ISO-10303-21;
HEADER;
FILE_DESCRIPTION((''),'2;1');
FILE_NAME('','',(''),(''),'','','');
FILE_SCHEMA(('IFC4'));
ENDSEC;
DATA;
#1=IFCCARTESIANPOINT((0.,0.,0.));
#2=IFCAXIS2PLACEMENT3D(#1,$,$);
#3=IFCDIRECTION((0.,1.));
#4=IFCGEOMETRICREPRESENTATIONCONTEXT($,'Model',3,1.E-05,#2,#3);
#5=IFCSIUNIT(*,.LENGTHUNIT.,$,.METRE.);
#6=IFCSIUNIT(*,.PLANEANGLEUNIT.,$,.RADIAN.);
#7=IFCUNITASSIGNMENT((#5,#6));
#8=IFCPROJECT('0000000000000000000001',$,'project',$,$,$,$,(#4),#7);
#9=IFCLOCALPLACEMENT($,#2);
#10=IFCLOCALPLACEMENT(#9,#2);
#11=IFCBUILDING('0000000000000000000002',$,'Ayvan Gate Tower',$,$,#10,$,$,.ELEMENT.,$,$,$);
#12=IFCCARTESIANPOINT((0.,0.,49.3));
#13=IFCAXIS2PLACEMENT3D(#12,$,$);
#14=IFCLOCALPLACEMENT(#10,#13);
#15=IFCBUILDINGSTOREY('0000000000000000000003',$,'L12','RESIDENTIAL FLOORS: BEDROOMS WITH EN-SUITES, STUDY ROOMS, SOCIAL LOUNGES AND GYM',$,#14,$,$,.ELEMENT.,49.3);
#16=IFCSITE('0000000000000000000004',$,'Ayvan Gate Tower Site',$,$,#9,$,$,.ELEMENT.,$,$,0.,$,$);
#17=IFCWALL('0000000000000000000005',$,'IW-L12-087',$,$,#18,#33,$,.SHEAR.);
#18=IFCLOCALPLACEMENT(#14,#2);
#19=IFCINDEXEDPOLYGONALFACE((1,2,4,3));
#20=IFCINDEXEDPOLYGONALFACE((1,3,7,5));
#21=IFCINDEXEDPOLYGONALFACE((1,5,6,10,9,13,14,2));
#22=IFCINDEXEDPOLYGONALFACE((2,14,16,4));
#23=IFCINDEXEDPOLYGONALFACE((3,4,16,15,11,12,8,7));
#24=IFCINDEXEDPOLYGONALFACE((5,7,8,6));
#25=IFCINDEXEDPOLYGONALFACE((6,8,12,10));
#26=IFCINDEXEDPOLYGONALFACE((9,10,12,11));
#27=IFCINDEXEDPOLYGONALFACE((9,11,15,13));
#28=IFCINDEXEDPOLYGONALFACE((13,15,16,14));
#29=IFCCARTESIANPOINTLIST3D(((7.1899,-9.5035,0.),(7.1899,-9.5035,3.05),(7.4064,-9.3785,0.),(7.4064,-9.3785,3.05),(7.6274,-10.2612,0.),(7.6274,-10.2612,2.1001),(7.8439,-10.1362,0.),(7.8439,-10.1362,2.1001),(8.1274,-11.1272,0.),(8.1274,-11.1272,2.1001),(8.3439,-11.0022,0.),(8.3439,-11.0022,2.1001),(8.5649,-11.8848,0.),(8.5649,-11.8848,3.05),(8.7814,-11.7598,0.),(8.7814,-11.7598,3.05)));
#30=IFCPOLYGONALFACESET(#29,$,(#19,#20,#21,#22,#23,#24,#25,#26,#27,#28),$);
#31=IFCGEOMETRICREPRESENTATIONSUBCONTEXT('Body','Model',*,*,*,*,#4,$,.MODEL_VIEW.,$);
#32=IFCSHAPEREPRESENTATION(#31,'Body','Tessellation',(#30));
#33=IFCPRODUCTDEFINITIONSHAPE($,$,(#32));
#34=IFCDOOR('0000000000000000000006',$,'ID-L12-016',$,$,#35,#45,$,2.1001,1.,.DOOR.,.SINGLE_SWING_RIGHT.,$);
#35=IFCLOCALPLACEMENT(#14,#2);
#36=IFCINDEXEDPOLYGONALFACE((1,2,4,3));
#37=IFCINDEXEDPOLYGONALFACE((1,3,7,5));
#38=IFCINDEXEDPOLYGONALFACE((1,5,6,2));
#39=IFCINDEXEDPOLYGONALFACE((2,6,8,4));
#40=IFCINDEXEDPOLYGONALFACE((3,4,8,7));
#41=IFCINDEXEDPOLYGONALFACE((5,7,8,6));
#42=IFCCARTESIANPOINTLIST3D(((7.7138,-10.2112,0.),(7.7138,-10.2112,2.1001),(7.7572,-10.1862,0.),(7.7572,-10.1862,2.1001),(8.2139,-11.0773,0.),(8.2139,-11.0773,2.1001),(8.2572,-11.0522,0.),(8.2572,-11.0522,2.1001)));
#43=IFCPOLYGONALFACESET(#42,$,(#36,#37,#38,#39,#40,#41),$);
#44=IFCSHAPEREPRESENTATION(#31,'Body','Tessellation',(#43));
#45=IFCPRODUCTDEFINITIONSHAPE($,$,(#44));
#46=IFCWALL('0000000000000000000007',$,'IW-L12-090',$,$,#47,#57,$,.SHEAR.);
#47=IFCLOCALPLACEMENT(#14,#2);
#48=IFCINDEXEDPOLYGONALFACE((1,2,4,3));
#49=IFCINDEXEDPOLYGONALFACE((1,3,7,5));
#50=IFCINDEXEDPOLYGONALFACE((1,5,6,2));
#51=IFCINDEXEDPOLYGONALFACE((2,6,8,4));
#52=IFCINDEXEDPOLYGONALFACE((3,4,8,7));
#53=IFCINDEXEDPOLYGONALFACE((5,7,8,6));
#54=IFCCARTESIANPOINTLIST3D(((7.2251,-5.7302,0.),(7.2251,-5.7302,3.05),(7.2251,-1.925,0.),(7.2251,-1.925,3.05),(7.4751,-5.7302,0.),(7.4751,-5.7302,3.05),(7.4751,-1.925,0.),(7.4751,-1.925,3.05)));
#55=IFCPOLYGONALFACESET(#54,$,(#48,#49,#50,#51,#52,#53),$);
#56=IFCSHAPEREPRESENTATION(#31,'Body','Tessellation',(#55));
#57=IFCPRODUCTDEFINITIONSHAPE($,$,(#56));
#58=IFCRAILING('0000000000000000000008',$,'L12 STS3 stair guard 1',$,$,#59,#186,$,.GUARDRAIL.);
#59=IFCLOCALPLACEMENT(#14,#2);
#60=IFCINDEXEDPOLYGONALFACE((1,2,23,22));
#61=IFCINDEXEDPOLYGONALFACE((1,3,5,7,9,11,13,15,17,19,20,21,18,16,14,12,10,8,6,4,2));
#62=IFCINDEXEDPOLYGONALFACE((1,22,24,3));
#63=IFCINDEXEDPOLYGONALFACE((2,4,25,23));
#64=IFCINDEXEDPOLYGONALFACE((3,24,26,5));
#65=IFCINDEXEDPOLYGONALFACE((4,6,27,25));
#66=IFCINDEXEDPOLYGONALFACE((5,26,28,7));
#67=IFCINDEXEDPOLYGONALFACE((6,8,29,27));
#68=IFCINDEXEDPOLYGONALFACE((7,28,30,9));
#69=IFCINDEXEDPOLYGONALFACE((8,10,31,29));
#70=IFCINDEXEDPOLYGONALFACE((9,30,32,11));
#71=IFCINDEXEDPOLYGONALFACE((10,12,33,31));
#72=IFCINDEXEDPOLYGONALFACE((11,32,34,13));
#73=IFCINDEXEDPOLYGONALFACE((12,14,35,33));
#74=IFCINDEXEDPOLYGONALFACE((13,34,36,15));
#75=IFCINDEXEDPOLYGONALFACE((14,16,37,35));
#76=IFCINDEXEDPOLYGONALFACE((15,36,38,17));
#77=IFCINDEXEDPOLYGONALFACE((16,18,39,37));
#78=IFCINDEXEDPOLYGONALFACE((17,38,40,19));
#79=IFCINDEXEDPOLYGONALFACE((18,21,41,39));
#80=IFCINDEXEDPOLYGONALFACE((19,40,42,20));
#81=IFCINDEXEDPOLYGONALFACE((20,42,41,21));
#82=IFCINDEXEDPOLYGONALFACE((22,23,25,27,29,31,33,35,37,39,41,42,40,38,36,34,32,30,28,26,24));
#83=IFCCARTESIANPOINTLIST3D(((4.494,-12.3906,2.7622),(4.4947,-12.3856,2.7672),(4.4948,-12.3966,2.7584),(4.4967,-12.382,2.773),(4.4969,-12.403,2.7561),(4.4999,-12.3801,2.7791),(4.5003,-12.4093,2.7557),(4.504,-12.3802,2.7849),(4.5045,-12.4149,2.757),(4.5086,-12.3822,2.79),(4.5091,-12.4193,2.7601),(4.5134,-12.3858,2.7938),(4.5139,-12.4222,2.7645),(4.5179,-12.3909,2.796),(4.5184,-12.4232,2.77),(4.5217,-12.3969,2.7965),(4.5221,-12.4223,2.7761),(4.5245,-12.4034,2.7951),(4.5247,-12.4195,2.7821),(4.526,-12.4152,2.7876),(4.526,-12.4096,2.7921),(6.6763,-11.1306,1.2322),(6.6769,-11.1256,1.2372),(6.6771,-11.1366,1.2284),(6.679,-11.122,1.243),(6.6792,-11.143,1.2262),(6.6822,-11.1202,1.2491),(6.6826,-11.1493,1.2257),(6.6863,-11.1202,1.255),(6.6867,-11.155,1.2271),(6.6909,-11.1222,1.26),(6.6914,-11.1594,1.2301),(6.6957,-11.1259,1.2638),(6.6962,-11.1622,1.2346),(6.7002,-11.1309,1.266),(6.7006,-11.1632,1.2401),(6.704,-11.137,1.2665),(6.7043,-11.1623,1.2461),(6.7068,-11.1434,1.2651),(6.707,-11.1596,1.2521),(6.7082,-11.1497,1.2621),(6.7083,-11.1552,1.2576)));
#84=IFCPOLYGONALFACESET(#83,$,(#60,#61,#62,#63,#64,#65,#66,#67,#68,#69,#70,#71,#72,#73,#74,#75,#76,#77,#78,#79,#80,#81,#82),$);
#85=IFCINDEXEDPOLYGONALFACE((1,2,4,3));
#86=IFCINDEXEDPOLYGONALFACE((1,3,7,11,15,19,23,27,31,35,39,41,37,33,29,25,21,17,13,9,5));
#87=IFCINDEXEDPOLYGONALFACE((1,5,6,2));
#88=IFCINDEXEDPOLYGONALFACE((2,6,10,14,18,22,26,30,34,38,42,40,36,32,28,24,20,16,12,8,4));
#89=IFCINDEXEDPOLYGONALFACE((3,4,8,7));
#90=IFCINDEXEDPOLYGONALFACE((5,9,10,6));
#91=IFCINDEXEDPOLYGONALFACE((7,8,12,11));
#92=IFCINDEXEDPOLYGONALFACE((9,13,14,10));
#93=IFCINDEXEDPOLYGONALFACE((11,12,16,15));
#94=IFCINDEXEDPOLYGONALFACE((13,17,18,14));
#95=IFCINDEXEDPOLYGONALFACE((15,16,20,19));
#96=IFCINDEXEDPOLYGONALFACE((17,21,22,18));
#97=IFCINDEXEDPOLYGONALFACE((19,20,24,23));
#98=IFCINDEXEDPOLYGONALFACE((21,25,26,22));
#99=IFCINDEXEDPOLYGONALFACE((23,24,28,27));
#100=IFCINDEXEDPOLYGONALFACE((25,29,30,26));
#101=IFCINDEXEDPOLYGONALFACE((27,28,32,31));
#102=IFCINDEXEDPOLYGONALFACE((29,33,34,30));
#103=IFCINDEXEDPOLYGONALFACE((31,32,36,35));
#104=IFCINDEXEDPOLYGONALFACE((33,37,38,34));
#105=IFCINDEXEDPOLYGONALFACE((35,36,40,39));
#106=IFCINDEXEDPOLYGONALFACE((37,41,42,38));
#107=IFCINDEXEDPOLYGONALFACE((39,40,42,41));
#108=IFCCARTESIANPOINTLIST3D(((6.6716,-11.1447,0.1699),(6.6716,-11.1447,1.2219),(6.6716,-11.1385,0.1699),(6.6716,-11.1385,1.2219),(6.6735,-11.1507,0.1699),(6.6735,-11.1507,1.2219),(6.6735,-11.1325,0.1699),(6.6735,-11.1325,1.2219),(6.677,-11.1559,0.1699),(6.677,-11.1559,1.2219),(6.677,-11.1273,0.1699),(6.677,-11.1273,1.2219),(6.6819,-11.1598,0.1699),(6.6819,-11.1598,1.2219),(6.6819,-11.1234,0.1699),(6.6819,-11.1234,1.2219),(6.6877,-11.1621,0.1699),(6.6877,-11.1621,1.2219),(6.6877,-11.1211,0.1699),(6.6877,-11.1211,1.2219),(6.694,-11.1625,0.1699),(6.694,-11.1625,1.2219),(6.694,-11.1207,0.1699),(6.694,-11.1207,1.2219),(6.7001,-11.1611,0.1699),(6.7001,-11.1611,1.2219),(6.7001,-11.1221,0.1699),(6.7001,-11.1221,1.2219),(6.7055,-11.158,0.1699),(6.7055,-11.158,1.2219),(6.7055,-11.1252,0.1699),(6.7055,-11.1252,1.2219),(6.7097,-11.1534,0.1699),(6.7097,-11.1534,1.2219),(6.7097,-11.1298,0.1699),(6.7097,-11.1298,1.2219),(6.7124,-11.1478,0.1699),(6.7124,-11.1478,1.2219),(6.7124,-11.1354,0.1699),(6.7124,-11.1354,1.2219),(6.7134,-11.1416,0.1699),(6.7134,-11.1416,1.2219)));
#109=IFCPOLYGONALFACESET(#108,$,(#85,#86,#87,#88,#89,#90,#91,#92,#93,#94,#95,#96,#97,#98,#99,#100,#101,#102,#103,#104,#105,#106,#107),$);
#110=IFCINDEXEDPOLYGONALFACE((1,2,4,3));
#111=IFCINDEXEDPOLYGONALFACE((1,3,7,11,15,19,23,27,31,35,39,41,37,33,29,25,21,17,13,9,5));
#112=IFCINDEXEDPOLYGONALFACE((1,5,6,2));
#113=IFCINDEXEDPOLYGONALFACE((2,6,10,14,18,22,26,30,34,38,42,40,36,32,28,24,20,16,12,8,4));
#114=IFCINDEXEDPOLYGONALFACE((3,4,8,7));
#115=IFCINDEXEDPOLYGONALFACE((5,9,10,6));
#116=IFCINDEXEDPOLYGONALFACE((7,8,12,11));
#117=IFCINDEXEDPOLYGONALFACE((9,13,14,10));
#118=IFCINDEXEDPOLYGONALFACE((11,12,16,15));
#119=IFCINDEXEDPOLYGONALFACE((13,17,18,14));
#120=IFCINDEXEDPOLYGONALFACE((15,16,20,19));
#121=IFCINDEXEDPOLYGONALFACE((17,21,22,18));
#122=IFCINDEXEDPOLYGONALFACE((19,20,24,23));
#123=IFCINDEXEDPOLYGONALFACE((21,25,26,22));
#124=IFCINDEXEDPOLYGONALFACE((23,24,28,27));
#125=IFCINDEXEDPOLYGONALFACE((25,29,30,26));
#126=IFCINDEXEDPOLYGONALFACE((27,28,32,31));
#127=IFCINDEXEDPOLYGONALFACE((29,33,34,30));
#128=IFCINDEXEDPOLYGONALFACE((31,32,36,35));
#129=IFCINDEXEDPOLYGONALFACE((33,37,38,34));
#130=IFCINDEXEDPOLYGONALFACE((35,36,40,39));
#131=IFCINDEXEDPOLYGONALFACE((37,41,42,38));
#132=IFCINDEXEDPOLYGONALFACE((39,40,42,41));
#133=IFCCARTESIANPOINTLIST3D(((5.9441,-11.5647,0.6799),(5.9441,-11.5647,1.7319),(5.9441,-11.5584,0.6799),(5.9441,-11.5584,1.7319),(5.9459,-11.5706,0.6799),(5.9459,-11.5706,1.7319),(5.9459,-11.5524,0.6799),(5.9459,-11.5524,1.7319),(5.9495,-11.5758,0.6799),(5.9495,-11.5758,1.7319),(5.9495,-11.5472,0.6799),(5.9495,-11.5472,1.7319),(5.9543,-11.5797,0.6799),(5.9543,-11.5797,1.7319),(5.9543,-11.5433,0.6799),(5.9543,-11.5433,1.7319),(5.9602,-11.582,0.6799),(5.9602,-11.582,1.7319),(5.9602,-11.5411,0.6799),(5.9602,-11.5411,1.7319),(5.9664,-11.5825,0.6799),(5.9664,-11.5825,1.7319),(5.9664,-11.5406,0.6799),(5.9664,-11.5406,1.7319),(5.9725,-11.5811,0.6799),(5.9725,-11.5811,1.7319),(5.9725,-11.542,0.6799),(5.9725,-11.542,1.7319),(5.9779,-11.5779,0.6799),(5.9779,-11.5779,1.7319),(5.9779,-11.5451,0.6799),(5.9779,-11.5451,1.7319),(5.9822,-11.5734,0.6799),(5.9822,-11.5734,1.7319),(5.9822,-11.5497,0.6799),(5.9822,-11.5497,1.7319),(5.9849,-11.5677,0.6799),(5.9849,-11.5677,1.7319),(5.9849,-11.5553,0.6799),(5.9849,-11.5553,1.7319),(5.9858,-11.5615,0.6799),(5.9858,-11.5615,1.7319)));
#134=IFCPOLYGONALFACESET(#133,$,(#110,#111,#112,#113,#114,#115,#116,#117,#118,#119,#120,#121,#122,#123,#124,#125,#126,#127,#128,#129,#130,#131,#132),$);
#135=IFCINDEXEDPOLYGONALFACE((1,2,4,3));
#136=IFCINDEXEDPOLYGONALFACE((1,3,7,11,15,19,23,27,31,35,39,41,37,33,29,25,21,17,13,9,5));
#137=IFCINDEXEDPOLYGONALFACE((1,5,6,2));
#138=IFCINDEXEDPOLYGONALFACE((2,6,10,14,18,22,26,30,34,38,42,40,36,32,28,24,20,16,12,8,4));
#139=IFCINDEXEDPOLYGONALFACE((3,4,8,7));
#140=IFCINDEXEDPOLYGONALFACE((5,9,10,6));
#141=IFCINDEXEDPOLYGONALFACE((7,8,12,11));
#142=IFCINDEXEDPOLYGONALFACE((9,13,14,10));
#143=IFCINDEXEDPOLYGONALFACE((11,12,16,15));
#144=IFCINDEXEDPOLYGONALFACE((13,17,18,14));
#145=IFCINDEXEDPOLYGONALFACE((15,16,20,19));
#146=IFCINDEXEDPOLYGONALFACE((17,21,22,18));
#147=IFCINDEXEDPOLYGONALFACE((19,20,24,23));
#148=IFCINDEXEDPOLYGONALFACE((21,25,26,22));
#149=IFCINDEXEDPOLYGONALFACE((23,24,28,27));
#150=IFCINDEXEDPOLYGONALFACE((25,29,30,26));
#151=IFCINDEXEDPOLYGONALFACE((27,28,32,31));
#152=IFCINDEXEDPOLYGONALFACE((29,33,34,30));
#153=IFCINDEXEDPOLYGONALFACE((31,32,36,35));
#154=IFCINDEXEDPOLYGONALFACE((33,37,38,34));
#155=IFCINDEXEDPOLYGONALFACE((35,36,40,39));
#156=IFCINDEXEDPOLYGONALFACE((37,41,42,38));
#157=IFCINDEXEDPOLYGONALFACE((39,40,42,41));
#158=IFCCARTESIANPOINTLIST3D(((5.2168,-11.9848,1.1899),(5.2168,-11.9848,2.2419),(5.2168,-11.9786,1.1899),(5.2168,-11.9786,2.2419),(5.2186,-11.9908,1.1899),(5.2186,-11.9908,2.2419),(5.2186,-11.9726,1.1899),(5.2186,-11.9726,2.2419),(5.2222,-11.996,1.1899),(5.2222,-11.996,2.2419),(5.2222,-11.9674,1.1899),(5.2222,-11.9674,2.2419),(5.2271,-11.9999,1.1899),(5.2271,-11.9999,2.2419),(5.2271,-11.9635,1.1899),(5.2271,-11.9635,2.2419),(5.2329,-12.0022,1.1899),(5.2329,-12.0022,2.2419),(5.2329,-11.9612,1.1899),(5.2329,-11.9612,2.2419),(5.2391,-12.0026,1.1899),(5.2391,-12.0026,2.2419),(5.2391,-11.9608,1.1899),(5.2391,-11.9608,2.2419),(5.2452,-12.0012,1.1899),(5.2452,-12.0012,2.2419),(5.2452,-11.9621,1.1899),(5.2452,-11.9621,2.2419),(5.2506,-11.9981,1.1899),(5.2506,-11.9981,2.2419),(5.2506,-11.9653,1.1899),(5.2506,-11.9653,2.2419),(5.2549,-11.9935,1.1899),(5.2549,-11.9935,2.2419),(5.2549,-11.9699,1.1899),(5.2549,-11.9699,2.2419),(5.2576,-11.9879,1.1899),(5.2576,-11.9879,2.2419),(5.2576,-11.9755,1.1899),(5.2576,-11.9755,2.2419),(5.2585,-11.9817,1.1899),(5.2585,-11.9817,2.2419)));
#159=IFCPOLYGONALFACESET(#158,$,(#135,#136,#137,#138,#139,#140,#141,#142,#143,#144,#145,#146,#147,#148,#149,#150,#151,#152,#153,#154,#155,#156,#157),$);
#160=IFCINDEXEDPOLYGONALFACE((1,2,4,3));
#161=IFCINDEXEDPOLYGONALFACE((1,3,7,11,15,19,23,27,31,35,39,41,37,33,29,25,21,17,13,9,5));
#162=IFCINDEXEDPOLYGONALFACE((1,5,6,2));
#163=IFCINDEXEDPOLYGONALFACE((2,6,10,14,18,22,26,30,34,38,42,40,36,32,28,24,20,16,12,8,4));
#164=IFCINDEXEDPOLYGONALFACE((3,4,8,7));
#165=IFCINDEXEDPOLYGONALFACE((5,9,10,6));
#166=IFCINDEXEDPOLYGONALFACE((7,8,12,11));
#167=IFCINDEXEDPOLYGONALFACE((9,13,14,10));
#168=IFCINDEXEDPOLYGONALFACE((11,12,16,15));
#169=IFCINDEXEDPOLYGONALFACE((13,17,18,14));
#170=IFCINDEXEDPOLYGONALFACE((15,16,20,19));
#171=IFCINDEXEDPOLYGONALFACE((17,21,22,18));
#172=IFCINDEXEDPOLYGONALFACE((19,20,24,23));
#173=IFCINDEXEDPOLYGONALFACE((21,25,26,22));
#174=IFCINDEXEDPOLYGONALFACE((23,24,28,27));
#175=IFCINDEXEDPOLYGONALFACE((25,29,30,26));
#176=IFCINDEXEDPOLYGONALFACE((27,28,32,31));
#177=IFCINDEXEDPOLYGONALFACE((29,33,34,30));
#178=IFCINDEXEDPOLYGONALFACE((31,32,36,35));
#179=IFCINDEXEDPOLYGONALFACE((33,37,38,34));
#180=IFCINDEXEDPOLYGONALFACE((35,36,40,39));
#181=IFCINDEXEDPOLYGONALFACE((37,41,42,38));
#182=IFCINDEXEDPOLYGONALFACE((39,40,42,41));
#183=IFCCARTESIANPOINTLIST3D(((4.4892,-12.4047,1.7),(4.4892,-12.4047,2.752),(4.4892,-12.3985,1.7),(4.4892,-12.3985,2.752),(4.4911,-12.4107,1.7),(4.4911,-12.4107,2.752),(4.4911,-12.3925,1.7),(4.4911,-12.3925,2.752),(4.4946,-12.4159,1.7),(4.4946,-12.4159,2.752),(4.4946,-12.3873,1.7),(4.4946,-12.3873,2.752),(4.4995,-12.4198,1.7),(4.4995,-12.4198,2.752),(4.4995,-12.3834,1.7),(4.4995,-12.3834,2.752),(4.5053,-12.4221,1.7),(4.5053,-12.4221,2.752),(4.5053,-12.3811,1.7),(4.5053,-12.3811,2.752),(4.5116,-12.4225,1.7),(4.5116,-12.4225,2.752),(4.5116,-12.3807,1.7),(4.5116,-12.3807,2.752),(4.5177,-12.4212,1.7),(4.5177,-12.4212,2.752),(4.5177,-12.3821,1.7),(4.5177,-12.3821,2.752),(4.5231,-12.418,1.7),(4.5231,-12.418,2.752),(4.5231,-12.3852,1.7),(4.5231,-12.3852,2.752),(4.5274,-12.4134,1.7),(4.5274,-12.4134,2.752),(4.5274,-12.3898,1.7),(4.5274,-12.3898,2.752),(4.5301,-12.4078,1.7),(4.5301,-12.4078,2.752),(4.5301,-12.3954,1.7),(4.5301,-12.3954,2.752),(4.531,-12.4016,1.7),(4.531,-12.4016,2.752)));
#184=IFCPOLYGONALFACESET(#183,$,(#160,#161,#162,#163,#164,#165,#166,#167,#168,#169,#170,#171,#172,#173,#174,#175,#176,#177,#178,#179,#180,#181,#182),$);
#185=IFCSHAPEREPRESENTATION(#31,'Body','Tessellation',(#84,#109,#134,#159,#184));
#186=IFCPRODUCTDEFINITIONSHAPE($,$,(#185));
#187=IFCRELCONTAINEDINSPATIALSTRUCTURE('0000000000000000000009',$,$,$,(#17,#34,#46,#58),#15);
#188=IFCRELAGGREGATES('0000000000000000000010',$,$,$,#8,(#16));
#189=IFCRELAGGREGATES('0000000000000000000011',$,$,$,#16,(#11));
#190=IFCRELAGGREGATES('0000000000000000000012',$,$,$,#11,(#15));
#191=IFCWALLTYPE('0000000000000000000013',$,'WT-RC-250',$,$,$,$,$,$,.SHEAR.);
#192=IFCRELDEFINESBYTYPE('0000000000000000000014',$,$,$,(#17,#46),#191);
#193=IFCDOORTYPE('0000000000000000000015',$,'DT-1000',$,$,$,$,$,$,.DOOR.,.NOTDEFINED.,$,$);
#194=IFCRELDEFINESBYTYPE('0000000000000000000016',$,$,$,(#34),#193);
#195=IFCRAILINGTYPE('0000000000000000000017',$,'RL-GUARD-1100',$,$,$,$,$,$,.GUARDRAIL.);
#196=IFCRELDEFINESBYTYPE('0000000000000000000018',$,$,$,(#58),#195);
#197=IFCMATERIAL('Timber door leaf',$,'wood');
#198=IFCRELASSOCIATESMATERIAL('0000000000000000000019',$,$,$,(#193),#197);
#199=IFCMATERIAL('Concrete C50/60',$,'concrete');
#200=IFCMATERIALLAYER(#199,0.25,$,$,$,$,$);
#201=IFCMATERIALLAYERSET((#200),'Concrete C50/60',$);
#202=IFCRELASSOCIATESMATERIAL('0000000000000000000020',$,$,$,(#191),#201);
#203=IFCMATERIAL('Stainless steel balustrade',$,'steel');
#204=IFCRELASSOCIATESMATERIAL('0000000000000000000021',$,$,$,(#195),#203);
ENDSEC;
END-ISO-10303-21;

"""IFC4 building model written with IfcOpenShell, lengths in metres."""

from ifc_helpers import new_model, si_unit, direction, frame, frame_2d, origin, origin_2d, place, context, subcontext, project, spatial, rectangle, circle, extrude, material, layer, layer_set, type_object, element, fill, save


model = new_model("IFC4")

# Units and contexts
model_context = context("Model", 3, precision=1e-05, world=origin(), true_north=direction((0.0, 1.0)))
body_context = subcontext(model_context, "Body", "Model", "MODEL_VIEW")
ifc_project = project(units=[si_unit("LENGTHUNIT", "METRE"), si_unit("PLANEANGLEUNIT", "RADIAN")], contexts=[model_context])

# Site, building, storey
site_placement = place(None, origin())
site = spatial("IfcSite", under=ifc_project, at=site_placement, Name="Ayvan Gate Tower Site", CompositionType="ELEMENT", RefElevation=0.0)
building_placement = place(site_placement, origin())
building = spatial("IfcBuilding", under=site, at=building_placement, Name="Ayvan Gate Tower", CompositionType="ELEMENT")
storey_placement = place(building_placement, frame((0.0, 0.0, 49.3)))
storey = spatial("IfcBuildingStorey", under=building, at=storey_placement, Name="L12", Description="RESIDENTIAL FLOORS: BEDROOMS WITH EN-SUITES, STUDY ROOMS, SOCIAL LOUNGES AND GYM", CompositionType="ELEMENT", Elevation=49.3)

# Shared definitions
ifc_material_1 = material(Name="Timber door leaf", Category="wood")

# Shared definitions
door_type_1 = type_object("IfcDoorType", Name="DT-1000", OperationType="NOTDEFINED", PredefinedType="DOOR", material=ifc_material_1)

# Shared definitions
ifc_material_2 = material(Name="Concrete C50/60", Category="concrete")
ifc_layer_1 = layer(ifc_material_2, 0.25)
ifc_layer_set_1 = layer_set([ifc_layer_1], Name="Concrete C50/60")
wall_type_1 = type_object("IfcWallType", Name="WT-RC-250", PredefinedType="SHEAR", material=ifc_layer_set_1)

# Wall, opening, door
wall_1_placement = place(storey_placement, frame((7.2981, -9.4409, 0.0), z_axis=(0.0, 0.0, 1.0), x_axis=(0.500035, -0.866005, 0.0)))
wall_1 = element("IfcWall", 1, at=wall_1_placement, inside=storey, type_object=wall_type_1, Name="IW-L12-087", PredefinedType="SHEAR", context=body_context, shape_type="SweptSolid", body=[
    extrude(rectangle(XDim=2.7498, YDim=0.25, at=frame_2d((1.375, 0.0))), origin(), (0.0, 0.0, 1.0), 3.05),
])
opening_1_placement = place(wall_1_placement, frame((0.875, 0.0, 0.0)))
opening_1 = element("IfcOpeningElement", 2, at=opening_1_placement, cuts=wall_1, PredefinedType="OPENING", context=body_context, shape_type="SweptSolid", body=[
    extrude(rectangle(XDim=1.0, YDim=2.1001, at=frame_2d((0.5, 1.05))), frame((0.0, 0.135, 0.0), z_axis=(0.0, -1.0, 0.0), x_axis=(1.0, 0.0, 0.0)), (0.0, 0.0, 1.0), 0.27),
])
door_1_placement = place(opening_1_placement, origin())
door_1 = element("IfcDoor", 3, at=door_1_placement, inside=storey, type_object=door_type_1, Name="ID-L12-016", OperationType="SINGLE_SWING_RIGHT", OverallHeight=2.1001, OverallWidth=1.0, PredefinedType="DOOR", context=body_context, shape_type="SweptSolid", body=[
    extrude(rectangle(XDim=1.0, YDim=2.1001, at=frame_2d((0.5, 1.05))), frame((0.0, 0.0249, 0.0), z_axis=(0.0, -1.0, 0.0), x_axis=(1.0, 0.0, 0.0)), (0.0, 0.0, 1.0), 0.05),
])
fill(opening_1, door_1)

# Wall
wall_2_placement = place(storey_placement, frame((7.3501, -1.925, 0.0), z_axis=(0.0, 0.0, 1.0), x_axis=(0.0, -1.0, 0.0)))
element("IfcWall", 4, at=wall_2_placement, inside=storey, type_object=wall_type_1, Name="IW-L12-090", PredefinedType="SHEAR", context=body_context, shape_type="SweptSolid", body=[
    extrude(rectangle(XDim=3.8052, YDim=0.25, at=frame_2d((1.9026, 0.0))), origin(), (0.0, 0.0, 1.0), 3.05),
])

# Railing
ifc_material_3 = material(Name="Stainless steel balustrade", Category="steel")
railing_type_1 = type_object("IfcRailingType", Name="RL-GUARD-1100", PredefinedType="GUARDRAIL", material=ifc_material_3)
railing_1_placement = place(storey_placement, frame((6.6924, -11.1416, 0.1699)))
element("IfcRailing", 5, at=railing_1_placement, inside=storey, type_object=railing_type_1, Name="L12 STS3 stair guard 1", PredefinedType="GUARDRAIL", context=body_context, shape_type="SweptSolid", body=[
    extrude(circle(Radius=0.0239, at=origin_2d()), frame((0.0, 0.0, 1.0762), z_axis=(-0.740261, -0.427395, 0.518986), x_axis=(0.500005, -0.866023, 0.0)), (0.0, 0.0, 1.0), 2.948),
    extrude(circle(Radius=0.021, at=origin_2d()), origin(), (0.0, 0.0, 1.0), 1.052),
    extrude(circle(Radius=0.021, at=origin_2d()), frame((-0.7275, -0.4199, 0.51)), (0.0, 0.0, 1.0), 1.052),
    extrude(circle(Radius=0.021, at=origin_2d()), frame((-1.4548, -0.8401, 1.02)), (0.0, 0.0, 1.0), 1.052),
    extrude(circle(Radius=0.021, at=origin_2d()), frame((-2.1824, -1.26, 1.53)), (0.0, 0.0, 1.0), 1.052),
])

save(model, "model.ifc")
